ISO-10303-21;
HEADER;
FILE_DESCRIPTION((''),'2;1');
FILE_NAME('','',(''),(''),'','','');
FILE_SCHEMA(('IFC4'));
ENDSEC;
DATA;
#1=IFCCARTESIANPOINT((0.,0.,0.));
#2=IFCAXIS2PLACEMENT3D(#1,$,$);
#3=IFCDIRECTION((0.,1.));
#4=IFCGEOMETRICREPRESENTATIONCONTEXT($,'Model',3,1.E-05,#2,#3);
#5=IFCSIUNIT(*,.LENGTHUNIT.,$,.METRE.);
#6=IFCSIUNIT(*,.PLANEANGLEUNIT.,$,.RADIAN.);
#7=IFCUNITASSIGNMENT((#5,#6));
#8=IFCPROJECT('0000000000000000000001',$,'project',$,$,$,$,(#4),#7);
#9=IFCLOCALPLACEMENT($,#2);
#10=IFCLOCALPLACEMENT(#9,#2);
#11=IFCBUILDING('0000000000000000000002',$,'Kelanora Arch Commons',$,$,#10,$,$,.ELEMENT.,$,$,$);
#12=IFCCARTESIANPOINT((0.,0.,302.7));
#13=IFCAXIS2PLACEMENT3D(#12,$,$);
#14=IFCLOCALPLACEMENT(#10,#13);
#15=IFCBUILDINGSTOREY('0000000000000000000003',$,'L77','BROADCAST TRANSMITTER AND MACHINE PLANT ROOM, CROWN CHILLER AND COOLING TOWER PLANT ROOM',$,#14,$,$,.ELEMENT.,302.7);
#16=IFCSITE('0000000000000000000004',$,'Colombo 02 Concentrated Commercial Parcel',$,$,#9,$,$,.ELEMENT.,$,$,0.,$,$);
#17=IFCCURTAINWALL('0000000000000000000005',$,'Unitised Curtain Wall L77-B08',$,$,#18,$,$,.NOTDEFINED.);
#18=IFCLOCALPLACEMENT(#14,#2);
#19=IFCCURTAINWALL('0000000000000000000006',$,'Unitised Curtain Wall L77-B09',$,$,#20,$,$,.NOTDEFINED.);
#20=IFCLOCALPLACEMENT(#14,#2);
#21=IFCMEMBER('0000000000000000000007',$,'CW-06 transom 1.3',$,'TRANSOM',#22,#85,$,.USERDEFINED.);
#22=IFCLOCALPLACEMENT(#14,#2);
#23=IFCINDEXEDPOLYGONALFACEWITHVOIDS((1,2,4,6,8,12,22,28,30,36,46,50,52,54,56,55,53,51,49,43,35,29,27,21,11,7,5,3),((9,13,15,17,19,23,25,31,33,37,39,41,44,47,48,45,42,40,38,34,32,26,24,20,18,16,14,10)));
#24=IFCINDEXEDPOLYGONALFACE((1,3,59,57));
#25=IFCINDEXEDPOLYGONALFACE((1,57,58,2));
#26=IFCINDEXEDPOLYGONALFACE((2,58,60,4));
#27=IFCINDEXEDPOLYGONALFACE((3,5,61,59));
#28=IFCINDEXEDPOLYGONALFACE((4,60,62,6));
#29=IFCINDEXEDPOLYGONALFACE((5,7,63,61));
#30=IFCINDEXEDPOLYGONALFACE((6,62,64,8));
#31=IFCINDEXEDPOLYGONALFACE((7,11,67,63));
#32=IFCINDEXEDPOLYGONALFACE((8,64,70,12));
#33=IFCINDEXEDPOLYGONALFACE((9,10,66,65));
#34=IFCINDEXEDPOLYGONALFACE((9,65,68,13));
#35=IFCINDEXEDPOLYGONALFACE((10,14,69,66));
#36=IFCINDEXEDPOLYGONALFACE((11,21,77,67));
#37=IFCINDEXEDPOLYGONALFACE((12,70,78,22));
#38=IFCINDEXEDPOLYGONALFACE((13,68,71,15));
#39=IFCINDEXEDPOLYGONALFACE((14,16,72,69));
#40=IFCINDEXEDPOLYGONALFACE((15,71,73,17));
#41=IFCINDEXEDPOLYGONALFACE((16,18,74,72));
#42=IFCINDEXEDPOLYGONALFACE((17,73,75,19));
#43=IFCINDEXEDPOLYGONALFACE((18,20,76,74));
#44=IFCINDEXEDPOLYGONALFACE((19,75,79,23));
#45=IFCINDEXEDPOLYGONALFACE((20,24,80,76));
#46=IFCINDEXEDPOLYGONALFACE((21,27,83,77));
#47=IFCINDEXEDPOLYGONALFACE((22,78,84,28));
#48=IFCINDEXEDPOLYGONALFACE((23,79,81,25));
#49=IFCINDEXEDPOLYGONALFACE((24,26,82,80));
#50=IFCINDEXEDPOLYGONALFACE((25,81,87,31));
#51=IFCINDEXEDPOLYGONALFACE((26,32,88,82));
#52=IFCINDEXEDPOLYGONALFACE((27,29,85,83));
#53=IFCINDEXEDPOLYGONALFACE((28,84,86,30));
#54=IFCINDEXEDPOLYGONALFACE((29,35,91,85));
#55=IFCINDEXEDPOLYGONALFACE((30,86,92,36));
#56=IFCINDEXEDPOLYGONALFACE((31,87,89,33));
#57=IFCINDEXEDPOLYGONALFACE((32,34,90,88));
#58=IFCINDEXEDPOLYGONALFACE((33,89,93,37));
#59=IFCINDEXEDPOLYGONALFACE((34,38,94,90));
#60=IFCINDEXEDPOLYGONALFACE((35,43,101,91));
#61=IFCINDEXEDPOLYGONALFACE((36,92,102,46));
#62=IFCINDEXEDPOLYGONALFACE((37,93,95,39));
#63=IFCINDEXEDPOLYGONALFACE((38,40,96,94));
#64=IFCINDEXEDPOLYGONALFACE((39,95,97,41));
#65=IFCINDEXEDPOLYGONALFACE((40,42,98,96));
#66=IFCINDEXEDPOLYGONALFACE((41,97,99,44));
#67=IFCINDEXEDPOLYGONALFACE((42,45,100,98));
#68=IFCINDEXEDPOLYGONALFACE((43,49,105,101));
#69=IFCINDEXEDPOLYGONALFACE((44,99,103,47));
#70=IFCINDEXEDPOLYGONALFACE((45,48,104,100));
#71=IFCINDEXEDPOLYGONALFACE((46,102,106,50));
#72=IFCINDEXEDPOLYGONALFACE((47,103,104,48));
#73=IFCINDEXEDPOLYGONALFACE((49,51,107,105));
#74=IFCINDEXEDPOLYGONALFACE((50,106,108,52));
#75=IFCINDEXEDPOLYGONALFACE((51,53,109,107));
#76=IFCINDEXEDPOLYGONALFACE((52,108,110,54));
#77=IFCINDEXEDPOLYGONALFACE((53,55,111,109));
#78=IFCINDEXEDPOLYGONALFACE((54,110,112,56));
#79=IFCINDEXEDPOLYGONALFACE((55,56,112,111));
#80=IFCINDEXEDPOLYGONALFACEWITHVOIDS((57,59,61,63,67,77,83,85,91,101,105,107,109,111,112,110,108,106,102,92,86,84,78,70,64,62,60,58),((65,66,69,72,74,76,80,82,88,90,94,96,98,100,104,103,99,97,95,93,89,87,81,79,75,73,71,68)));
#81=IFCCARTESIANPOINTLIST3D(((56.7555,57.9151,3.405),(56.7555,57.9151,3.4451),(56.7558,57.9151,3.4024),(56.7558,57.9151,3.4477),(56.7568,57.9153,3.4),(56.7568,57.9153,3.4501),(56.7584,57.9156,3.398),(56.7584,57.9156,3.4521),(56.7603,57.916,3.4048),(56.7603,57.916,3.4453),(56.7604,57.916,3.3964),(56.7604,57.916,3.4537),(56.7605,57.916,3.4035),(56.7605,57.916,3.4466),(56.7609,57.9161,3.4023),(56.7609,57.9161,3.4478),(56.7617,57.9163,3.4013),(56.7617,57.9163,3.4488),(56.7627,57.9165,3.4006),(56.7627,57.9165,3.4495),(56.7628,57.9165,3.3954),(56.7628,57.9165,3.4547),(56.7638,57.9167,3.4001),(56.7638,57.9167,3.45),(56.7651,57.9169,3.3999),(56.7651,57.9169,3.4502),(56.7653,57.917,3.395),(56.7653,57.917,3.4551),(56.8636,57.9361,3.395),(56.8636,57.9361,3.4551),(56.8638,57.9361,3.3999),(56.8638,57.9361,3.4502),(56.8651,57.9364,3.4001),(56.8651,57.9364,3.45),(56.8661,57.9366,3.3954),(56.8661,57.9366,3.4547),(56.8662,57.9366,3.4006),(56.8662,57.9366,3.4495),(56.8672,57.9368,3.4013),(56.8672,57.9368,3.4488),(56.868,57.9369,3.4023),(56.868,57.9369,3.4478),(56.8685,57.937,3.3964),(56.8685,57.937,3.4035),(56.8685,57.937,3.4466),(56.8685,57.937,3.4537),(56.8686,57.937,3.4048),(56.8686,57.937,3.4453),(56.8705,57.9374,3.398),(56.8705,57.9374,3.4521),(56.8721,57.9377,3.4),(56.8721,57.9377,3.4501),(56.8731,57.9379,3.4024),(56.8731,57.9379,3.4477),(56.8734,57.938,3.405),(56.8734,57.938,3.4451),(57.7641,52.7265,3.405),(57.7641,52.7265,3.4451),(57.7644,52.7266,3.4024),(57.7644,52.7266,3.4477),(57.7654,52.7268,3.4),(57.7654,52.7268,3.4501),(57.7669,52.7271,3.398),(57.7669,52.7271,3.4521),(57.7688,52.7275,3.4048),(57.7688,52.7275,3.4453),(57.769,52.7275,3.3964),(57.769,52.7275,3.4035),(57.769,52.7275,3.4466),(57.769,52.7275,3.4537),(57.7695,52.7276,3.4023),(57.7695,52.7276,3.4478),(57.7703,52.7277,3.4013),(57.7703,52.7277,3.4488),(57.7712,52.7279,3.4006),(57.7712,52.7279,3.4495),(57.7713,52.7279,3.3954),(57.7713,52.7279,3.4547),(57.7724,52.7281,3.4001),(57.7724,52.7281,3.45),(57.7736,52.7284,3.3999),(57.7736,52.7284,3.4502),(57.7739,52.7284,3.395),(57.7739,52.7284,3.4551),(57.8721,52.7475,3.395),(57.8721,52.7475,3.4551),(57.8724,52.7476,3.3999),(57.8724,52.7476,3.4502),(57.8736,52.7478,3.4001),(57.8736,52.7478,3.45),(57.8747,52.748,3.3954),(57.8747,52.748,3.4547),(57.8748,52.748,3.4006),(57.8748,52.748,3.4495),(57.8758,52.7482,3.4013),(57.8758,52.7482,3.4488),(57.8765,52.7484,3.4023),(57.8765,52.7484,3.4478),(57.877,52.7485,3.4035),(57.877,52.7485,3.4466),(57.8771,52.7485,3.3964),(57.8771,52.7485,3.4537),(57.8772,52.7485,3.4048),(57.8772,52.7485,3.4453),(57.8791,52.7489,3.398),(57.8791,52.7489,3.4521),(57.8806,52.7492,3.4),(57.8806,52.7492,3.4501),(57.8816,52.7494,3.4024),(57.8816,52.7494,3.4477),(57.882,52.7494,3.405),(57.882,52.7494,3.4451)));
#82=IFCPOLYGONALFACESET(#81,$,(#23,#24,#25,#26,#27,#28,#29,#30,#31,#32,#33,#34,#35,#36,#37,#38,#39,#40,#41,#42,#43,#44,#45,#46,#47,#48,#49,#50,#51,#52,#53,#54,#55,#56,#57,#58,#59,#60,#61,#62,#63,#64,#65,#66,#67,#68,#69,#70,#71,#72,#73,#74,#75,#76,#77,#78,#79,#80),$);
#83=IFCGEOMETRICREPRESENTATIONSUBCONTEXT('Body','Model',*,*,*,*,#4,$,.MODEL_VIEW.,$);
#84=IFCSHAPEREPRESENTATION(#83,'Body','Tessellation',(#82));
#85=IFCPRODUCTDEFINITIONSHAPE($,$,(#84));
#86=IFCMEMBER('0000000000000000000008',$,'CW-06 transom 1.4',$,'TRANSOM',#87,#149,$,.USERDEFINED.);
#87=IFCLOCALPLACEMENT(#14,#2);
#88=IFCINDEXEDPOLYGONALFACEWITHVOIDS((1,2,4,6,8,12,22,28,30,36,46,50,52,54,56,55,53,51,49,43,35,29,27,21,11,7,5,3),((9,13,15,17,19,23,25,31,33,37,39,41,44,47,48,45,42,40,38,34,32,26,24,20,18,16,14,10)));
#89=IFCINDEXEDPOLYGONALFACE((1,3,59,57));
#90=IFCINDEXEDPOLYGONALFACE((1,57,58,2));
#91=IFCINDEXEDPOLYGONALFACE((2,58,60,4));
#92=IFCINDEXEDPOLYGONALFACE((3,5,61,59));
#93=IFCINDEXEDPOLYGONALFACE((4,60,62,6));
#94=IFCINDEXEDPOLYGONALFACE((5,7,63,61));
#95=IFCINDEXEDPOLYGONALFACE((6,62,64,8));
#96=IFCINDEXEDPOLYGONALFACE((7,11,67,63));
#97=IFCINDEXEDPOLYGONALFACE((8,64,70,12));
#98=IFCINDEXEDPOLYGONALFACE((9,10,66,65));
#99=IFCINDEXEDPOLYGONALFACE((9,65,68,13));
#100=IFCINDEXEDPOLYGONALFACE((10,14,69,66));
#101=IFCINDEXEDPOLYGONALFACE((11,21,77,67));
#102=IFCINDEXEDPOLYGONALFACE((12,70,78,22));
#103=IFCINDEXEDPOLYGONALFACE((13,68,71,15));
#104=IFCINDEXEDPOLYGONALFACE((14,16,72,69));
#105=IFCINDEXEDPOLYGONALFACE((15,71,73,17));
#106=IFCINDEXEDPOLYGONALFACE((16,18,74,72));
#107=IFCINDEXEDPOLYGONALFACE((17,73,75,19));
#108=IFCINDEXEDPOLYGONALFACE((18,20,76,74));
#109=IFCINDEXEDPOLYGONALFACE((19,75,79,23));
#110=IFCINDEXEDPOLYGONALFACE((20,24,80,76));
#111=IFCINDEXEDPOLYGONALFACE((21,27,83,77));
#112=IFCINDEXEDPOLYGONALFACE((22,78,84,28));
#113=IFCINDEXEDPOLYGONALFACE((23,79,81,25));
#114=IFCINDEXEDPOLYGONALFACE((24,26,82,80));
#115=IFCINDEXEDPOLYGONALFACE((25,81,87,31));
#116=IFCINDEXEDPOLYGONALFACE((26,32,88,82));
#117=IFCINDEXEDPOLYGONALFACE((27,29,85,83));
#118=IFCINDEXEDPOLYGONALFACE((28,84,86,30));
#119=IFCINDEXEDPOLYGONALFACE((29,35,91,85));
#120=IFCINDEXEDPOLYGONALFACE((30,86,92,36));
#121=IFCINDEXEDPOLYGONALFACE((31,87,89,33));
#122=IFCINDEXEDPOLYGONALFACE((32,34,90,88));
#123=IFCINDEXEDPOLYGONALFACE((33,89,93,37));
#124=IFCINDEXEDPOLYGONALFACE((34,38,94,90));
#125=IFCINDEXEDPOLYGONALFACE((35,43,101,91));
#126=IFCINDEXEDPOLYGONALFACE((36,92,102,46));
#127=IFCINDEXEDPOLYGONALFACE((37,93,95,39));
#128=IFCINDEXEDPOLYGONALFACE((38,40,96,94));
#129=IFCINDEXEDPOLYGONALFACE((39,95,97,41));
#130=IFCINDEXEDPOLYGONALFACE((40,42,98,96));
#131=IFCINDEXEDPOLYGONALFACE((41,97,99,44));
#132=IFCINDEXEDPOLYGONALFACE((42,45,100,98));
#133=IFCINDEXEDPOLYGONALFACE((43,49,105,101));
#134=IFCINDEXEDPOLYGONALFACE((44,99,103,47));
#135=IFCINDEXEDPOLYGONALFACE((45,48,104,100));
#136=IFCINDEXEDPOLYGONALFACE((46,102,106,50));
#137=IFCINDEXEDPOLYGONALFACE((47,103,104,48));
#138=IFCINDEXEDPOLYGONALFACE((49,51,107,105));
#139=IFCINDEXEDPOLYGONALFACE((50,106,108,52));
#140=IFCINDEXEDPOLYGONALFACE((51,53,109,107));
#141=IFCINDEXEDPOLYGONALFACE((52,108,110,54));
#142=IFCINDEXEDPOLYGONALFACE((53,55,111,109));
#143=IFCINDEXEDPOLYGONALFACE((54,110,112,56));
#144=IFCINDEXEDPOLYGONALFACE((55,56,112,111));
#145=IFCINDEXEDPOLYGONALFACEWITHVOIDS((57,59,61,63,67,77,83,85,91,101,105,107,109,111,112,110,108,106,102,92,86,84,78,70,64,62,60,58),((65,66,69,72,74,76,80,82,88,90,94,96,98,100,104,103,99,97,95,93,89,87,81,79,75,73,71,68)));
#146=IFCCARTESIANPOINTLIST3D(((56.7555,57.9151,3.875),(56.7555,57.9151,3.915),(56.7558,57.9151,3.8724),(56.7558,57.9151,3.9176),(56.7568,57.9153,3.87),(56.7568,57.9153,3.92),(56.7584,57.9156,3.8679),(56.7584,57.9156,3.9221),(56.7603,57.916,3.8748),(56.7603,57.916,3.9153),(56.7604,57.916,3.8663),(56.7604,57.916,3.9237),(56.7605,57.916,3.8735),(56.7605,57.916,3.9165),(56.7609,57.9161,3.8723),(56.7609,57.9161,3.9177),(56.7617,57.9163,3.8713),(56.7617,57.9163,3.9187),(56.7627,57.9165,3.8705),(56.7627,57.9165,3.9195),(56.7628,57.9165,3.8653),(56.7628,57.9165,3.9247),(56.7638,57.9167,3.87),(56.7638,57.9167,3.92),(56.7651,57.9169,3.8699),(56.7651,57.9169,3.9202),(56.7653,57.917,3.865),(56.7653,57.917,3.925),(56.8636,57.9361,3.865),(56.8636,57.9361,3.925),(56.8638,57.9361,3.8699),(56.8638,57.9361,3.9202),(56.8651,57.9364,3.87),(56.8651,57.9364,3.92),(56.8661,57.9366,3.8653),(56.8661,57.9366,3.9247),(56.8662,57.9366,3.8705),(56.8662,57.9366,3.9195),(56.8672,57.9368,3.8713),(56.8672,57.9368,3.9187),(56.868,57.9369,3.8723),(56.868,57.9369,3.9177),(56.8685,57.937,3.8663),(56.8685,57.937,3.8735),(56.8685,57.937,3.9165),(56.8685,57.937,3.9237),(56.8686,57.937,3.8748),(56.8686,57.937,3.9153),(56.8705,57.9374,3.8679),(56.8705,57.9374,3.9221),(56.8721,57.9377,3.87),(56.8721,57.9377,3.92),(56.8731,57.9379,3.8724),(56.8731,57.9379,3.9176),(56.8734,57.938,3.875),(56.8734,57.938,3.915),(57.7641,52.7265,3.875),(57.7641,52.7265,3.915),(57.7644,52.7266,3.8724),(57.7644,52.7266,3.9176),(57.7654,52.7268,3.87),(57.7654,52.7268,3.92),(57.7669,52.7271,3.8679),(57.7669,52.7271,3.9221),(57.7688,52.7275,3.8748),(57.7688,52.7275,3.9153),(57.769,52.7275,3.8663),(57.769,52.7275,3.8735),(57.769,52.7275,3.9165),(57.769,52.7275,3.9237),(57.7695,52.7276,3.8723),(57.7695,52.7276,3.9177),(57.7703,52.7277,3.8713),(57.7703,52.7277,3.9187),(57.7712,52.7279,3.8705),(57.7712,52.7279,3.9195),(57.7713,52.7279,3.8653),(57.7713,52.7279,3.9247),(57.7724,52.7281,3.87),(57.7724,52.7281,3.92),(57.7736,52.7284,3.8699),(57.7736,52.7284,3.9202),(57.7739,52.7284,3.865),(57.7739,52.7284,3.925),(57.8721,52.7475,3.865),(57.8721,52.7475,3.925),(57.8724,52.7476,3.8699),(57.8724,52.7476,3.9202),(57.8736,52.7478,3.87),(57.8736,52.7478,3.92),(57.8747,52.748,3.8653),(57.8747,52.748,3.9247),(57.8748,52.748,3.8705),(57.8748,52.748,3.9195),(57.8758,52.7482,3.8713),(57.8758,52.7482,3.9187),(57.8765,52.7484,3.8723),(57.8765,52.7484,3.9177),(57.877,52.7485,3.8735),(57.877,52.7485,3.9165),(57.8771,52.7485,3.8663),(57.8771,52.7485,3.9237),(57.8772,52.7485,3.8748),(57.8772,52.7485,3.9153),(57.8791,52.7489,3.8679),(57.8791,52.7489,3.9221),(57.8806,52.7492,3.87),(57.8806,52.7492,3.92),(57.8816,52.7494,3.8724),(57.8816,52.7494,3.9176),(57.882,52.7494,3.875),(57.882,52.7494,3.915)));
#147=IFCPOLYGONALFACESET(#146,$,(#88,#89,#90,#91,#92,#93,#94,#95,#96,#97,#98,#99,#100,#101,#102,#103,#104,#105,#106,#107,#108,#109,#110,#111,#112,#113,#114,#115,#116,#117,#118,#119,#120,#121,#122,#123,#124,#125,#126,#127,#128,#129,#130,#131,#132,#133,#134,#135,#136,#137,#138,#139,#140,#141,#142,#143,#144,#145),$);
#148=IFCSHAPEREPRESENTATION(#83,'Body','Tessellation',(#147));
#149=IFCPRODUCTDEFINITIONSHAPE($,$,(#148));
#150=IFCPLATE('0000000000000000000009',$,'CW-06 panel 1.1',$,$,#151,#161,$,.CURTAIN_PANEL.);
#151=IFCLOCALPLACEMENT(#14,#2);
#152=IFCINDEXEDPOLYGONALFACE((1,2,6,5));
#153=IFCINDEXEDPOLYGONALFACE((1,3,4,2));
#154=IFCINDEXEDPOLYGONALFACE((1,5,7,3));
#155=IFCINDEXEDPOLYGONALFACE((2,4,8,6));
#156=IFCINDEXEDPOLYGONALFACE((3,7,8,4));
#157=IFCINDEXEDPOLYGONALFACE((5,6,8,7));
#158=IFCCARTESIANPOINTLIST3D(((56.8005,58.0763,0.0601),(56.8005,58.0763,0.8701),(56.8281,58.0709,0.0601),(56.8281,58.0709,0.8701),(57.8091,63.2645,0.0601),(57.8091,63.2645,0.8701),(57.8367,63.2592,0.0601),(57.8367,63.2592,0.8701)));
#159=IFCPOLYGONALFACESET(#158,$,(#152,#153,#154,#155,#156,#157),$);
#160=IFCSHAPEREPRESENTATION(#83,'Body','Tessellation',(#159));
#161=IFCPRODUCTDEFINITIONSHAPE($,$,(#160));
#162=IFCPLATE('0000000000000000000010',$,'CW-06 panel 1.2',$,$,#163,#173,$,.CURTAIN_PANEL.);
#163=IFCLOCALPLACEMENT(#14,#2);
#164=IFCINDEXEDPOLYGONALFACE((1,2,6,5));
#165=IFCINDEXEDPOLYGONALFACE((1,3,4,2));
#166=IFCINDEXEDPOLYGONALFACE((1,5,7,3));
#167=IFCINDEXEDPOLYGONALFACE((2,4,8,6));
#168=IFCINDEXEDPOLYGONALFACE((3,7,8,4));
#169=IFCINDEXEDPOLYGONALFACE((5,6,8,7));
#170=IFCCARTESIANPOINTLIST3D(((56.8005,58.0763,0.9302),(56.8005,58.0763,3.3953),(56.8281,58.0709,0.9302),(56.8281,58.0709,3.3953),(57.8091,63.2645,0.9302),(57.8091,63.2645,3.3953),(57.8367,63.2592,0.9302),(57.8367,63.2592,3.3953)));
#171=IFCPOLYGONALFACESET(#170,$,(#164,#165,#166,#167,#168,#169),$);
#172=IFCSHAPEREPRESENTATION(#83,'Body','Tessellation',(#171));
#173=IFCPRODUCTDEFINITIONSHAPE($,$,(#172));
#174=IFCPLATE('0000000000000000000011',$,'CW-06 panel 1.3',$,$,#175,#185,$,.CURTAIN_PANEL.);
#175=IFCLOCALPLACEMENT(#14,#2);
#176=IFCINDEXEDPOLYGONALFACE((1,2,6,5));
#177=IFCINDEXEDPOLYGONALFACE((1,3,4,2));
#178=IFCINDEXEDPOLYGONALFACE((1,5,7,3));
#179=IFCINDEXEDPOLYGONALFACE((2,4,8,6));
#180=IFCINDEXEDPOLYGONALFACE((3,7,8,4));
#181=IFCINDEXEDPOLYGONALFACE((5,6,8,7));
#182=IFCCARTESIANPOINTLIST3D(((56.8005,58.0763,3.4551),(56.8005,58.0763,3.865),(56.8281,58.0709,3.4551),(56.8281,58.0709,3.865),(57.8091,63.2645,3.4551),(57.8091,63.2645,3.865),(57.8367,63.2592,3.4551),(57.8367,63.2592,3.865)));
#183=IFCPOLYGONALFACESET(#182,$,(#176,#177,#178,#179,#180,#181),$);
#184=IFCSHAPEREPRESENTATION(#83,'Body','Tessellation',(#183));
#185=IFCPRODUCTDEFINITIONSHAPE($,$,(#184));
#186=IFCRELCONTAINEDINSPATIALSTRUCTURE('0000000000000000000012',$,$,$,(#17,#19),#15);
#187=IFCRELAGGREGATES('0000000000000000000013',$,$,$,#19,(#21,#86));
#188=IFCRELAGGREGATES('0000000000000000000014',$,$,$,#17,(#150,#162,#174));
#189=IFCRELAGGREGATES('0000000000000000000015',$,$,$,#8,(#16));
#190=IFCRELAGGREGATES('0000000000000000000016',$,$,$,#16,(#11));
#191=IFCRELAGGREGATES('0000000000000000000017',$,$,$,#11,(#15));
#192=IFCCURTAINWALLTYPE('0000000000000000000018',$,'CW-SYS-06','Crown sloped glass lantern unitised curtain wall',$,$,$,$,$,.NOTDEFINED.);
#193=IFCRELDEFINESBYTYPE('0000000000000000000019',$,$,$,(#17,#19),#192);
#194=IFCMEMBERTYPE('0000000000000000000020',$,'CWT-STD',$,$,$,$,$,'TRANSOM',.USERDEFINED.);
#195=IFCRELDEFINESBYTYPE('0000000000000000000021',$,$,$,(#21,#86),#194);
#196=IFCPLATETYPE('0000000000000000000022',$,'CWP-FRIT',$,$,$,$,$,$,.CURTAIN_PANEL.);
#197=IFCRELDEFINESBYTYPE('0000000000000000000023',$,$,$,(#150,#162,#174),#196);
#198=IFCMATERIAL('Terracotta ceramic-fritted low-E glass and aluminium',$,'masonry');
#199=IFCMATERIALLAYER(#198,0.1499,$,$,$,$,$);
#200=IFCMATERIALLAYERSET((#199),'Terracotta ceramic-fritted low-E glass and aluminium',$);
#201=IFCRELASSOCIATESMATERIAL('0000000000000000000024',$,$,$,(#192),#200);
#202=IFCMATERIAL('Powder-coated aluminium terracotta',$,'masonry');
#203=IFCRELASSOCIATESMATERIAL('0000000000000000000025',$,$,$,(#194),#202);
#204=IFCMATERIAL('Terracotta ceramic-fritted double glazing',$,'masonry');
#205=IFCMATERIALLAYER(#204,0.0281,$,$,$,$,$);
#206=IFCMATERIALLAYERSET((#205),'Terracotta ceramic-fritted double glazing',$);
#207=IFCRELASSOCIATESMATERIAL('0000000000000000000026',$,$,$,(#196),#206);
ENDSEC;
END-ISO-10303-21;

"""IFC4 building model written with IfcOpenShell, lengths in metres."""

from ifc_helpers import new_model, si_unit, direction, frame, origin, origin_2d, place, context, subcontext, project, spatial, rectangle, hollow_rectangle, extrude, source, transform, mapped, material, layer, layer_set, material_profile, profile_set, type_object, element, aggregate, save


model = new_model("IFC4")

# Units and contexts
model_context = context("Model", 3, precision=1e-05, world=origin(), true_north=direction((0.0, 1.0)))
body_context = subcontext(model_context, "Body", "Model", "MODEL_VIEW")
ifc_project = project(units=[si_unit("LENGTHUNIT", "METRE"), si_unit("PLANEANGLEUNIT", "RADIAN")], contexts=[model_context])

# Site, building, storey
site_placement = place(None, origin())
site = spatial("IfcSite", under=ifc_project, at=site_placement, Name="Colombo 02 Concentrated Commercial Parcel", CompositionType="ELEMENT", RefElevation=0.0)
building_placement = place(site_placement, origin())
building = spatial("IfcBuilding", under=site, at=building_placement, Name="Kelanora Arch Commons", CompositionType="ELEMENT")
storey_placement = place(building_placement, frame((0.0, 0.0, 302.7)))
storey = spatial("IfcBuildingStorey", under=building, at=storey_placement, Name="L77", Description="BROADCAST TRANSMITTER AND MACHINE PLANT ROOM, CROWN CHILLER AND COOLING TOWER PLANT ROOM", CompositionType="ELEMENT", Elevation=302.7)

# Shared definitions
ifc_material_1 = material(Name="Terracotta ceramic-fritted low-E glass and aluminium", Category="masonry")
ifc_layer_1 = layer(ifc_material_1, 0.1499)
ifc_layer_set_1 = layer_set([ifc_layer_1], Name="Terracotta ceramic-fritted low-E glass and aluminium")
curtain_wall_type = type_object("IfcCurtainWallType", Name="CW-SYS-06", Description="Crown sloped glass lantern unitised curtain wall", PredefinedType="NOTDEFINED", material=ifc_layer_set_1)
ifc_material_2 = material(Name="Powder-coated aluminium terracotta", Category="masonry")

# Curtain wall
curtain_wall_1_placement = place(storey_placement, origin())
curtain_wall_1 = element("IfcCurtainWall", 1, at=curtain_wall_1_placement, inside=storey, type_object=curtain_wall_type, Name="Unitised Curtain Wall L77-B08", PredefinedType="NOTDEFINED")

# Curtain wall
curtain_wall_2_placement = place(storey_placement, origin())
curtain_wall_2 = element("IfcCurtainWall", 2, at=curtain_wall_2_placement, inside=storey, type_object=curtain_wall_type, Name="Unitised Curtain Wall L77-B09", PredefinedType="NOTDEFINED")

# Members
ifc_material_profile_1 = material_profile(ifc_material_2, hollow_rectangle(XDim=0.1201, YDim=0.0601, WallThickness=0.0049, InnerFilletRadius=0.0049, OuterFilletRadius=0.01, at=origin_2d()), Name="CWT120x60")
ifc_profile_set_1 = profile_set([ifc_material_profile_1], Name="Powder-coated aluminium terracotta")
member_type_1 = type_object("IfcMemberType", Name="CWT-STD", ElementType="TRANSOM", PredefinedType="USERDEFINED", material=ifc_profile_set_1)
member_1_placement = place(storey_placement, frame((56.8145, 57.9265, 3.425), z_axis=(0.19081, -0.981627, 0.0), x_axis=(0.981627, 0.19081, 0.0)))
member_1 = element("IfcMember", 3, at=member_1_placement, type_object=member_type_1, Name="CW-06 transom 1.3", ObjectType="TRANSOM", PredefinedType="USERDEFINED", context=body_context, shape_type="SweptSolid", body=[
    extrude(hollow_rectangle(XDim=0.1201, YDim=0.0601, WallThickness=0.0049, InnerFilletRadius=0.0049, OuterFilletRadius=0.01, at=origin_2d()), origin(), (0.0, 0.0, 1.0), 5.2856),
])
member_2_placement = place(storey_placement, frame((56.8145, 57.9265, 3.895), z_axis=(0.19081, -0.981627, 0.0), x_axis=(0.981627, 0.19081, 0.0)))
member_2 = element("IfcMember", 4, at=member_2_placement, type_object=member_type_1, Name="CW-06 transom 1.4", ObjectType="TRANSOM", PredefinedType="USERDEFINED", context=body_context, shape_type="SweptSolid", body=[
    extrude(hollow_rectangle(XDim=0.1201, YDim=0.0601, WallThickness=0.0049, InnerFilletRadius=0.0049, OuterFilletRadius=0.01, at=origin_2d()), origin(), (0.0, 0.0, 1.0), 5.2856),
])
aggregate(curtain_wall_2, [member_1, member_2])

# Plates
ifc_material_3 = material(Name="Terracotta ceramic-fritted double glazing", Category="masonry")
ifc_layer_2 = layer(ifc_material_3, 0.0281)
ifc_layer_set_2 = layer_set([ifc_layer_2], Name="Terracotta ceramic-fritted double glazing")
plate_type = type_object("IfcPlateType", Name="CWP-FRIT", PredefinedType="CURTAIN_PANEL", material=ifc_layer_set_2)
shared_shape_1 = source(origin(), body_context, "Body", "SweptSolid", [
    extrude(rectangle(XDim=5.2854, YDim=0.0281, at=origin_2d()), origin(), (0.0, 0.0, 1.0), 0.8101),
])
plate_1_placement = place(storey_placement, frame((57.3186, 60.6677, 0.0601), z_axis=(0.0, 0.0, 1.0), x_axis=(-0.190827, -0.981624, 0.0)))
plate_1 = element("IfcPlate", 5, at=plate_1_placement, type_object=plate_type, Name="CW-06 panel 1.1", PredefinedType="CURTAIN_PANEL", context=body_context, shape_type="MappedRepresentation", body=[
    mapped(shared_shape_1, transform((0.0, 0.0, 0.0), scale=1.0)),
])
shared_shape_2 = source(origin(), body_context, "Body", "SweptSolid", [
    extrude(rectangle(XDim=5.2854, YDim=0.0281, at=origin_2d()), origin(), (0.0, 0.0, 1.0), 2.4651),
])
plate_2_placement = place(storey_placement, frame((57.3186, 60.6677, 0.9302), z_axis=(0.0, 0.0, 1.0), x_axis=(-0.190827, -0.981624, 0.0)))
plate_2 = element("IfcPlate", 6, at=plate_2_placement, type_object=plate_type, Name="CW-06 panel 1.2", PredefinedType="CURTAIN_PANEL", context=body_context, shape_type="MappedRepresentation", body=[
    mapped(shared_shape_2, transform((0.0, 0.0, 0.0), scale=1.0)),
])
shared_shape_3 = source(origin(), body_context, "Body", "SweptSolid", [
    extrude(rectangle(XDim=5.2854, YDim=0.0281, at=origin_2d()), origin(), (0.0, 0.0, 1.0), 0.4099),
])
plate_3_placement = place(storey_placement, frame((57.3186, 60.6677, 3.4551), z_axis=(0.0, 0.0, 1.0), x_axis=(-0.190827, -0.981624, 0.0)))
plate_3 = element("IfcPlate", 7, at=plate_3_placement, type_object=plate_type, Name="CW-06 panel 1.3", PredefinedType="CURTAIN_PANEL", context=body_context, shape_type="MappedRepresentation", body=[
    mapped(shared_shape_3, transform((0.0, 0.0, 0.0), scale=1.0)),
])
aggregate(curtain_wall_1, [plate_1, plate_2, plate_3])

save(model, "model.ifc")
